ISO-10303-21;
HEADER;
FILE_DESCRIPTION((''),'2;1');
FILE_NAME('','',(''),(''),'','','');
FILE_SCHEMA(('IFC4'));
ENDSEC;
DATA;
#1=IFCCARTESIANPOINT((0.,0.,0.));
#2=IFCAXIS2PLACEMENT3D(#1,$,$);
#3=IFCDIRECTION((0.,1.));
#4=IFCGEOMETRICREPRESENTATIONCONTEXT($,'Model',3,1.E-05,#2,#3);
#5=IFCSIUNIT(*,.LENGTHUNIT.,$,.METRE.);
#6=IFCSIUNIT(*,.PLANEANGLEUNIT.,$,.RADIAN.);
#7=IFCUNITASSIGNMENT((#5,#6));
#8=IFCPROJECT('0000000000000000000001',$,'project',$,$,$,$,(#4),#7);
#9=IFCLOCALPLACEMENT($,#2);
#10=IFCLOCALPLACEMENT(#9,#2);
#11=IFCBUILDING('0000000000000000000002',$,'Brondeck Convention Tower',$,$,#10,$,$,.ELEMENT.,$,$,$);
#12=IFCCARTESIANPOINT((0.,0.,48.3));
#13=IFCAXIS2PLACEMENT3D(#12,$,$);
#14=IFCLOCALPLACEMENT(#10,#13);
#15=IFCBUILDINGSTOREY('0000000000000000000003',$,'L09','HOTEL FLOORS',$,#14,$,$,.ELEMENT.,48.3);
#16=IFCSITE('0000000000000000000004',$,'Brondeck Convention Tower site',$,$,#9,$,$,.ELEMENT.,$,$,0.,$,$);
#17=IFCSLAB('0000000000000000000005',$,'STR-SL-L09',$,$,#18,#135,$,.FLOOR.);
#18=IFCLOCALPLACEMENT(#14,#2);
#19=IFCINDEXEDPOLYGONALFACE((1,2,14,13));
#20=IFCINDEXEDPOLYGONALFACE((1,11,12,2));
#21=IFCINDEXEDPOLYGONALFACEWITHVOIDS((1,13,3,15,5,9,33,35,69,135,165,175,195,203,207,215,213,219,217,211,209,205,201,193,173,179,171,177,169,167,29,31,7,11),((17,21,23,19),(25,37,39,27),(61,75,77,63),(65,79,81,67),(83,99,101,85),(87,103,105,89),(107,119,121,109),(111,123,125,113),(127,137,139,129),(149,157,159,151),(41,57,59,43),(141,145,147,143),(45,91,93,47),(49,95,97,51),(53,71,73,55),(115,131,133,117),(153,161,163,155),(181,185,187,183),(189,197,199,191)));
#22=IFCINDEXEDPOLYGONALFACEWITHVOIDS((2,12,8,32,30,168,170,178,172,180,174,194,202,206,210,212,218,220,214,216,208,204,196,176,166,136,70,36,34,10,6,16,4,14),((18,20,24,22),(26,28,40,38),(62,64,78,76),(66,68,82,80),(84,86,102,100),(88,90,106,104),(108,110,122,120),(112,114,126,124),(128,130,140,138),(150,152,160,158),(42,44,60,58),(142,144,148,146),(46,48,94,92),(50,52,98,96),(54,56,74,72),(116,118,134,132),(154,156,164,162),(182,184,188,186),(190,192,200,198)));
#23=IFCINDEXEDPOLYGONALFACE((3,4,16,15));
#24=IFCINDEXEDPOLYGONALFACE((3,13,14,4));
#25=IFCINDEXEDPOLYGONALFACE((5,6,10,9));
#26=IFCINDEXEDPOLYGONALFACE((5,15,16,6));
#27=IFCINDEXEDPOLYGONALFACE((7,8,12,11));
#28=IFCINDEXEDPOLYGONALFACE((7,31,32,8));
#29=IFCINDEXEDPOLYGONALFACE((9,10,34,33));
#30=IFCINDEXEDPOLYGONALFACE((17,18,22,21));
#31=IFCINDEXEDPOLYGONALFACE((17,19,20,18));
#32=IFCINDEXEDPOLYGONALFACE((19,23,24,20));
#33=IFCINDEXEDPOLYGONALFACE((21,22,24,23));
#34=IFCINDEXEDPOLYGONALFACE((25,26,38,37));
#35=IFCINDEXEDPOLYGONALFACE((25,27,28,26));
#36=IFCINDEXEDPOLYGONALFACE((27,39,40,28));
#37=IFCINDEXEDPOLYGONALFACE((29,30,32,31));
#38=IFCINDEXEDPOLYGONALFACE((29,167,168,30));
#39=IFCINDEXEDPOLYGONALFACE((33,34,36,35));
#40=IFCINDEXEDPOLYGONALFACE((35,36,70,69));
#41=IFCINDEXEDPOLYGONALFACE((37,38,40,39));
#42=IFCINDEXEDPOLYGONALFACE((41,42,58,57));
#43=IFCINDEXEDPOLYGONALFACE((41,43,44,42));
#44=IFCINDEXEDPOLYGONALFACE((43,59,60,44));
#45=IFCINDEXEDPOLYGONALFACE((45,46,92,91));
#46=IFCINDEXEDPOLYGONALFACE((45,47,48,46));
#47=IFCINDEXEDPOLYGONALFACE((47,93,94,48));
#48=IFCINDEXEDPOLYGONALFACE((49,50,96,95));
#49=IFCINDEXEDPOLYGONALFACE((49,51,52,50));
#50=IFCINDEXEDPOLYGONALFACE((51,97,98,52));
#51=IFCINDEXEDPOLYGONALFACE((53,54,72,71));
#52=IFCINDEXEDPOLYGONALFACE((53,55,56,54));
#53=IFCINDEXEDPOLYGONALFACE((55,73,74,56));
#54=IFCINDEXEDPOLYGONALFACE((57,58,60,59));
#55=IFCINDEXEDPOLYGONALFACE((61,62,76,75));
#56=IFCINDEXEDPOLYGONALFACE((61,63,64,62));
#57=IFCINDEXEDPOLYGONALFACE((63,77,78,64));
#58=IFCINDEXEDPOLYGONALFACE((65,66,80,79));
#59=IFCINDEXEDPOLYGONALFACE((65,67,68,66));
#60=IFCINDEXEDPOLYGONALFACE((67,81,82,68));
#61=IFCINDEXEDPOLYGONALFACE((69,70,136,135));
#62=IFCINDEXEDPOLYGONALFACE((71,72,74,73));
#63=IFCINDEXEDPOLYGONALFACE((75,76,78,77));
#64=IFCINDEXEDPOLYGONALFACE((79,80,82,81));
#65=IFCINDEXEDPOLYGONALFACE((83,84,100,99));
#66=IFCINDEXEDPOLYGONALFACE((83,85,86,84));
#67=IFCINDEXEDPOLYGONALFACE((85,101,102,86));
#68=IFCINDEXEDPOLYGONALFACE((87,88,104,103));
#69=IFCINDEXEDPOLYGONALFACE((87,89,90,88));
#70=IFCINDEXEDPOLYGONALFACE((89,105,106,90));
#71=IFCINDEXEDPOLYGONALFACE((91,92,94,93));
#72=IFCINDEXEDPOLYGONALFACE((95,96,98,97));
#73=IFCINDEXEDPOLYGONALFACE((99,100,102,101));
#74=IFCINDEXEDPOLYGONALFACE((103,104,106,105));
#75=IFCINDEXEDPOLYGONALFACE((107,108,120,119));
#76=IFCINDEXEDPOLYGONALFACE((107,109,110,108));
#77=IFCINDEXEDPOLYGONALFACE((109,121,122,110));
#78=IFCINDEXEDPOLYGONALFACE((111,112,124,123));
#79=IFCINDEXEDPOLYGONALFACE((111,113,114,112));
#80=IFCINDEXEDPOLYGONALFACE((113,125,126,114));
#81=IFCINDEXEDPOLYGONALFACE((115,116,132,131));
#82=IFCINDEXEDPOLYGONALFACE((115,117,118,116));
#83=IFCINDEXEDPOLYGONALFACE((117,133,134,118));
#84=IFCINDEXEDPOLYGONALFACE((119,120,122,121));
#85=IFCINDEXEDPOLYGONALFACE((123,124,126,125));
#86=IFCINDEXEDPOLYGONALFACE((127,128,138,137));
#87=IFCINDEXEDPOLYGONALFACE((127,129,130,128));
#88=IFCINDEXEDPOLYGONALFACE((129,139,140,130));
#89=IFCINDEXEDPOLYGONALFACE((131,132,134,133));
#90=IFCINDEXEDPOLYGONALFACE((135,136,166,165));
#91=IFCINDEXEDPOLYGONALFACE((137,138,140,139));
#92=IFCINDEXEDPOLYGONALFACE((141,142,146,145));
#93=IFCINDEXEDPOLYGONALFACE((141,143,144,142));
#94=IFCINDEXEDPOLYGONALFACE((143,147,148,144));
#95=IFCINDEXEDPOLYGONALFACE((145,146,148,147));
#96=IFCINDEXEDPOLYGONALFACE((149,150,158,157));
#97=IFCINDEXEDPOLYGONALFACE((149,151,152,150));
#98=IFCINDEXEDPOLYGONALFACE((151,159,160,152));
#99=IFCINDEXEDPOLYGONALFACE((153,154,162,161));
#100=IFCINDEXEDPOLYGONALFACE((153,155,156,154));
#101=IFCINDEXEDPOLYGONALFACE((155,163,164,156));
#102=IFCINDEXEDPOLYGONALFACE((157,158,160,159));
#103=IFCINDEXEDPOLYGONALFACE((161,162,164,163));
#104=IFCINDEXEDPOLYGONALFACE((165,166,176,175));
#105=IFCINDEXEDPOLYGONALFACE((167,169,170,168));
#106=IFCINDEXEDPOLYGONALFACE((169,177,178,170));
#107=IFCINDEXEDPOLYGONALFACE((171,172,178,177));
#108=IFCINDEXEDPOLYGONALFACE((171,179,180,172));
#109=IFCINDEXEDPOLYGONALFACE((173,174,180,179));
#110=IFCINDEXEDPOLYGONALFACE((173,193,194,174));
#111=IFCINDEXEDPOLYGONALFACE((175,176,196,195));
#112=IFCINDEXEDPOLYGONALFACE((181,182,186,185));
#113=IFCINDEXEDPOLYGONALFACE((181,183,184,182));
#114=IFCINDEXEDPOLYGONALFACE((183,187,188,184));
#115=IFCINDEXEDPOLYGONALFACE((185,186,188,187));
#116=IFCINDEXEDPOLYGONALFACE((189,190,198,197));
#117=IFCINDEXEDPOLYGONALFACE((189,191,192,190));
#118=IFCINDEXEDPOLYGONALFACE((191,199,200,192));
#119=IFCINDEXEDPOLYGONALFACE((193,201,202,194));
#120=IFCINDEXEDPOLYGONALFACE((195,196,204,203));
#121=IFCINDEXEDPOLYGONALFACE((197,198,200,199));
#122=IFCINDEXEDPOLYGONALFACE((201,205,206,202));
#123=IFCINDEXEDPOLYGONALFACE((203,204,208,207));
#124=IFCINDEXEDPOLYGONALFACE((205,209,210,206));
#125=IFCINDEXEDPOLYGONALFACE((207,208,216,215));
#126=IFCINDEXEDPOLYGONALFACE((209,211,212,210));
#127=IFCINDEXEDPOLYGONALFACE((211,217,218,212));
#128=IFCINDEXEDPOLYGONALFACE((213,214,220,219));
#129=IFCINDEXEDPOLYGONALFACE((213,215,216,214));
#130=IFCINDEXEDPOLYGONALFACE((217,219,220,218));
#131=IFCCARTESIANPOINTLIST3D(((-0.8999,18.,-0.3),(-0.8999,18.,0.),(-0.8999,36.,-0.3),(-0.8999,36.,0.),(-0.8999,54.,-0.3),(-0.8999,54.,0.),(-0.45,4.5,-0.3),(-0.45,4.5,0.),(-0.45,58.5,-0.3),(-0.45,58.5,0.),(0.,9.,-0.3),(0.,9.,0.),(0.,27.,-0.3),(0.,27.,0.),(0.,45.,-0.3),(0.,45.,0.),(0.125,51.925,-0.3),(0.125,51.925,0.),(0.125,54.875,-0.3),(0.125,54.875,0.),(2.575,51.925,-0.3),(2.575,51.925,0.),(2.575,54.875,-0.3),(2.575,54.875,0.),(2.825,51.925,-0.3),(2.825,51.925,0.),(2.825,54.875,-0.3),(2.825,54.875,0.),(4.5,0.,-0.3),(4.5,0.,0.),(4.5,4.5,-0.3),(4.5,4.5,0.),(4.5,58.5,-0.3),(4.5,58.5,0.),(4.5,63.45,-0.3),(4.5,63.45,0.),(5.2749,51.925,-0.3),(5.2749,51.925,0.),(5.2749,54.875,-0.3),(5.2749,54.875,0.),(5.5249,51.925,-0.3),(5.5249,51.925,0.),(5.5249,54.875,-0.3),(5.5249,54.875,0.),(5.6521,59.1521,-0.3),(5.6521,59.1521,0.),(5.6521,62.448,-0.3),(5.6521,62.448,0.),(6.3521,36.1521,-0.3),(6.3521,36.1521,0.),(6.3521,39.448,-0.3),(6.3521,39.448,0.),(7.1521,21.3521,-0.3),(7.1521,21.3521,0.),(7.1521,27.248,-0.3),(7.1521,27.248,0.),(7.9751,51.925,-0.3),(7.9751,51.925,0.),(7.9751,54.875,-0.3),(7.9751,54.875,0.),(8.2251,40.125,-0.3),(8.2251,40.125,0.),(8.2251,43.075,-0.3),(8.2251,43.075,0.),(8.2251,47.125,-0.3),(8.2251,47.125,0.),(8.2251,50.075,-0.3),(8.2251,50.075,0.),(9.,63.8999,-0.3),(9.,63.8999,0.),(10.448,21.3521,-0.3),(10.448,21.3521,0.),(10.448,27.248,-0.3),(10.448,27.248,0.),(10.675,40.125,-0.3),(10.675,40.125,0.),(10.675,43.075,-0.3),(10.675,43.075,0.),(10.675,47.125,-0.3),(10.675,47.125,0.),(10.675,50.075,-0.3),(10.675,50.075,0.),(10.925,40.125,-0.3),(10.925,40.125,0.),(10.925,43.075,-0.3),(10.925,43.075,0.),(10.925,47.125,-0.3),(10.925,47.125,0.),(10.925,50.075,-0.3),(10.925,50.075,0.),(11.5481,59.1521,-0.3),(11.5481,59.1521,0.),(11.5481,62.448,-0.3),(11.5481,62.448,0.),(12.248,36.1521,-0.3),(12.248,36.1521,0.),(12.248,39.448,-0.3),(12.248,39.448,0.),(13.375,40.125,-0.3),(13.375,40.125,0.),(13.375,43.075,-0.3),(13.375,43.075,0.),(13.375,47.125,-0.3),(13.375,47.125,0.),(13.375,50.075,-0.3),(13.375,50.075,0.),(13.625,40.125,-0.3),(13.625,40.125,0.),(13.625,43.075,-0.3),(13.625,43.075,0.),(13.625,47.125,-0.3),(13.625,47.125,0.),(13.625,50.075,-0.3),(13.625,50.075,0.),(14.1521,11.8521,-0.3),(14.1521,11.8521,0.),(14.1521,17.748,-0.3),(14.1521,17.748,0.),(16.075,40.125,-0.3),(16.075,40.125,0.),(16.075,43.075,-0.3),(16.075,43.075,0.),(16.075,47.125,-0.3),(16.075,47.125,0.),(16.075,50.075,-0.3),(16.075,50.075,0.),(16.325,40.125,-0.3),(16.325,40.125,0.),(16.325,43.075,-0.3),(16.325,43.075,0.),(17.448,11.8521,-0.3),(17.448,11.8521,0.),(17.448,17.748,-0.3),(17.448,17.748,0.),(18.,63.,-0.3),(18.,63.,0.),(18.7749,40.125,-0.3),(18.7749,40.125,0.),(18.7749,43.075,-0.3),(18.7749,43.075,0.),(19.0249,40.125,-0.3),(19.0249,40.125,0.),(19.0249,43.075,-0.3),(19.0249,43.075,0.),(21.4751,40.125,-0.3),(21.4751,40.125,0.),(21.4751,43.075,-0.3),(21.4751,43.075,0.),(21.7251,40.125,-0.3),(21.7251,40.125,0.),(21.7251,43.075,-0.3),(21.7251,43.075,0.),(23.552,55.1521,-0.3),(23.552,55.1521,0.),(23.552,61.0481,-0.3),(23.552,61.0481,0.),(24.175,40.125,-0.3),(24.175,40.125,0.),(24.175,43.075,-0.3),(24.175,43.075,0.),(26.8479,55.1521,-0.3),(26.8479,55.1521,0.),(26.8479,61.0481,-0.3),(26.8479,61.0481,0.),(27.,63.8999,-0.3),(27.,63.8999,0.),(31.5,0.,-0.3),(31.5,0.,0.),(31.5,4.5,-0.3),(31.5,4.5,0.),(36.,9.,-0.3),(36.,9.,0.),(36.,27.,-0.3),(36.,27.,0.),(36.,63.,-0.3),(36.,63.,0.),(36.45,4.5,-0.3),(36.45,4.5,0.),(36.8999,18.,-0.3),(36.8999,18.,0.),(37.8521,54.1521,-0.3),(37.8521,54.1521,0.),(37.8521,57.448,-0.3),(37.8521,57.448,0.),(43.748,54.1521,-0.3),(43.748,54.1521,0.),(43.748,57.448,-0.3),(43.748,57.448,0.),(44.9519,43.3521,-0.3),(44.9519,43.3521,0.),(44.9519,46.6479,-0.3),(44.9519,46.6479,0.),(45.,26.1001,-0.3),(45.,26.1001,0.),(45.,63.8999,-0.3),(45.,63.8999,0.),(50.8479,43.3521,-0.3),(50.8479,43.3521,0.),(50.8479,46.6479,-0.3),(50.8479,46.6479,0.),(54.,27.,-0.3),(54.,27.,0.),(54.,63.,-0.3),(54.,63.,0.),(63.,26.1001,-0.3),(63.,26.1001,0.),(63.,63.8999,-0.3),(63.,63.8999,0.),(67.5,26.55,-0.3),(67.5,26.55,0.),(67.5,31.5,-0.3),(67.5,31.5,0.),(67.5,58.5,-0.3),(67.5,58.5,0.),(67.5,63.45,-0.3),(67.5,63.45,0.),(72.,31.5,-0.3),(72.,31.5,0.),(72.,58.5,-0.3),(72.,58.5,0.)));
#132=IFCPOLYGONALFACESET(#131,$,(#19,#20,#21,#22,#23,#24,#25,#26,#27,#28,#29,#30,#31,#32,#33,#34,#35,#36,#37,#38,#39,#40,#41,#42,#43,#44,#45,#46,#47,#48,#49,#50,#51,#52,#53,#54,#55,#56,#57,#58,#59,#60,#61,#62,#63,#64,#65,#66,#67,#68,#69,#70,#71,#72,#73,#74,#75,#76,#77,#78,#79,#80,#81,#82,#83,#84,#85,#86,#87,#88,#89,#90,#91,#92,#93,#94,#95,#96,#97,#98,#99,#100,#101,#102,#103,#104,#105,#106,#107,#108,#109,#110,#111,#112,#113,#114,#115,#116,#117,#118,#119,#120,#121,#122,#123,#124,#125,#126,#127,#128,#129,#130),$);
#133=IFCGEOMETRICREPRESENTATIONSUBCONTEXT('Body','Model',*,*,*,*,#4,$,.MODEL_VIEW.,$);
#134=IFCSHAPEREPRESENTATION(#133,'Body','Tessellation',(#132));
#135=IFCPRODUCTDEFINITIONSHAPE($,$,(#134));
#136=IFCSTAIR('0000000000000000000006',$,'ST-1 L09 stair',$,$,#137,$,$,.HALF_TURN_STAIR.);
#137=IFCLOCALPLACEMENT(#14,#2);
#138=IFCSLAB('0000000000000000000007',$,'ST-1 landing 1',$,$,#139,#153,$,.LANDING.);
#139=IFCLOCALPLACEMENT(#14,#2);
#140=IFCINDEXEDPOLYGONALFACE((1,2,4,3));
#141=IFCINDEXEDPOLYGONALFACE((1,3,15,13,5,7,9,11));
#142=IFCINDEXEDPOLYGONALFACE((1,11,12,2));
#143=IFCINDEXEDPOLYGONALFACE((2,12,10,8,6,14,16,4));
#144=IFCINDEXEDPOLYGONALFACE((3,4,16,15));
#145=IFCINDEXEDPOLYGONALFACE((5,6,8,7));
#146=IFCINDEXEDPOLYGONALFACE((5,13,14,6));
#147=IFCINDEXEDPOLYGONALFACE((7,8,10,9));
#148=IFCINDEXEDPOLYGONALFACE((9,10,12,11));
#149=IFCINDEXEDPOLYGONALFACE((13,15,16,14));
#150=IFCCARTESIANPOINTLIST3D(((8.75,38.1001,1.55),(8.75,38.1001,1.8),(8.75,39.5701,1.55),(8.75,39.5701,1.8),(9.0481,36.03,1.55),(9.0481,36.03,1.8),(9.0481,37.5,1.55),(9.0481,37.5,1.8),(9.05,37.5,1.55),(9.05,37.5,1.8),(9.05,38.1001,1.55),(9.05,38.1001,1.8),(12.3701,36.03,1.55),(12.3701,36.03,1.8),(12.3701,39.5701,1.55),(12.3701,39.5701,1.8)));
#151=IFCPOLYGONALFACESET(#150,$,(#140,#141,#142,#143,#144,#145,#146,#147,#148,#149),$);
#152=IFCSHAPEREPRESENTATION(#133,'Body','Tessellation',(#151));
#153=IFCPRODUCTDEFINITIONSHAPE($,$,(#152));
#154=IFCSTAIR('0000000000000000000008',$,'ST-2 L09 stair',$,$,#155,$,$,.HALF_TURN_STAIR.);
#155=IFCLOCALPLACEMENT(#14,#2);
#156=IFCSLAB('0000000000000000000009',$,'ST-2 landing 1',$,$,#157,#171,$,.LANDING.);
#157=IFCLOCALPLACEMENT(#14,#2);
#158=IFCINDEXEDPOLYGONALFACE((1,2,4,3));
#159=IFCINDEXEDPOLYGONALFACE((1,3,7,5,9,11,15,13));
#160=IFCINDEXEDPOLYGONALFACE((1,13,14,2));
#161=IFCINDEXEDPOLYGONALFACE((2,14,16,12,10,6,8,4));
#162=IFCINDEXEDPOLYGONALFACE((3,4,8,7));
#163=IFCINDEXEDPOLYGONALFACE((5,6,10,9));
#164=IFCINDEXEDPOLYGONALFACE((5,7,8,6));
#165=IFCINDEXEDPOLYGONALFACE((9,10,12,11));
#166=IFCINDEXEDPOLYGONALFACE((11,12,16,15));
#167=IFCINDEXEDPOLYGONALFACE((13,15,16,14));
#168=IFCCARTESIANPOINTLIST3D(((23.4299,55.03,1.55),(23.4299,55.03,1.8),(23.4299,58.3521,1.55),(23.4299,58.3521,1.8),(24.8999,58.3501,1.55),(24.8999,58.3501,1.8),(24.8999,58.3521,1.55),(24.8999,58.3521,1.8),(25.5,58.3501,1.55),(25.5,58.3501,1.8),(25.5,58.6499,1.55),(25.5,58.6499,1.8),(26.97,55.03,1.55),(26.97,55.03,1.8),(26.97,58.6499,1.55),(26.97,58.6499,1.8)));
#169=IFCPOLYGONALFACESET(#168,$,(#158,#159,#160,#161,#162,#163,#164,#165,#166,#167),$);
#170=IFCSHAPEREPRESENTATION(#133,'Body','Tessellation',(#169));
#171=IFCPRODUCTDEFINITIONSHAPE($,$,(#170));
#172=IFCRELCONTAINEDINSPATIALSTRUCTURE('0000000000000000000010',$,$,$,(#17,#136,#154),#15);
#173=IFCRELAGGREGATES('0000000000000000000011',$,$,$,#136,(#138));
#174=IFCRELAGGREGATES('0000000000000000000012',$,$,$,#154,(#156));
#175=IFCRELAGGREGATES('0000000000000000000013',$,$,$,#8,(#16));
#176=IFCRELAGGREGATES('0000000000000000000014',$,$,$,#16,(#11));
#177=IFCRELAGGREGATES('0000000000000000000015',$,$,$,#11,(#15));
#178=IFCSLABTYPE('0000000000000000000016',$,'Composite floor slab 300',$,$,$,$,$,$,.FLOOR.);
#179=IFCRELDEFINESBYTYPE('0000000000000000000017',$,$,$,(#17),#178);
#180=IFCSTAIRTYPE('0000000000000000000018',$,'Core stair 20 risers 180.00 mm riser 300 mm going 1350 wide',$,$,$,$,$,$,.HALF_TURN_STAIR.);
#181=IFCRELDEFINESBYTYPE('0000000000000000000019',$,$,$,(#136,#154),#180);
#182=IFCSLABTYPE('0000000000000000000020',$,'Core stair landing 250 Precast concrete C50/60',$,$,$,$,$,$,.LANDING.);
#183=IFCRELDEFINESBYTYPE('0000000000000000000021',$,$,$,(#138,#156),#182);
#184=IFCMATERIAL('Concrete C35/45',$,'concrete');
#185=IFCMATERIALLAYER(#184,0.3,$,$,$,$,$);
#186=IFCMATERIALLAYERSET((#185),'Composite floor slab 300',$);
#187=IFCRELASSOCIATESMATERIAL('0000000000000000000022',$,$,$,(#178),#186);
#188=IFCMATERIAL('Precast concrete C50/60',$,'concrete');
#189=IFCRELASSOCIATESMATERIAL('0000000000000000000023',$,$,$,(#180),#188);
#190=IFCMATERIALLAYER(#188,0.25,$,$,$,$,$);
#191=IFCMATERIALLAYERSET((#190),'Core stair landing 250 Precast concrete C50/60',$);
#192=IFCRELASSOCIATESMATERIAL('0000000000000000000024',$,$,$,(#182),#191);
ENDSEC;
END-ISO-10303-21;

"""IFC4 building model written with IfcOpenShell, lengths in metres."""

from ifc_helpers import new_model, si_unit, direction, frame, origin, place, context, subcontext, project, spatial, polyline, outline, extrude, material, layer, layer_set, type_object, element, aggregate, save


model = new_model("IFC4")

# Units and contexts
model_context = context("Model", 3, precision=1e-05, world=origin(), true_north=direction((0.0, 1.0)))
body_context = subcontext(model_context, "Body", "Model", "MODEL_VIEW")
ifc_project = project(units=[si_unit("LENGTHUNIT", "METRE"), si_unit("PLANEANGLEUNIT", "RADIAN")], contexts=[model_context])

# Site, building, storey
site_placement = place(None, origin())
site = spatial("IfcSite", under=ifc_project, at=site_placement, Name="Brondeck Convention Tower site", CompositionType="ELEMENT", RefElevation=0.0)
building_placement = place(site_placement, origin())
building = spatial("IfcBuilding", under=site, at=building_placement, Name="Brondeck Convention Tower", CompositionType="ELEMENT")
storey_placement = place(building_placement, frame((0.0, 0.0, 48.3)))
storey = spatial("IfcBuildingStorey", under=building, at=storey_placement, Name="L09", Description="HOTEL FLOORS", CompositionType="ELEMENT", Elevation=48.3)

# Slab
ifc_material_1 = material(Name="Concrete C35/45", Category="concrete")
ifc_layer_1 = layer(ifc_material_1, 0.3)
ifc_layer_set_1 = layer_set([ifc_layer_1], Name="Composite floor slab 300")
slab_type_1 = type_object("IfcSlabType", Name="Composite floor slab 300", PredefinedType="FLOOR", material=ifc_layer_set_1)
slab_1_placement = place(storey_placement, frame((0.0, 0.0, -0.3)))
element("IfcSlab", 1, at=slab_1_placement, inside=storey, type_object=slab_type_1, Name="STR-SL-L09", PredefinedType="FLOOR", context=body_context, shape_type="SweptSolid", body=[
    extrude(outline(polyline([(4.5, 4.5), (-0.45, 4.5), (0.0, 9.0), (-0.8999, 18.0), (0.0, 27.0), (-0.8999, 36.0), (0.0, 45.0), (-0.8999, 54.0), (-0.45, 58.5), (4.5, 58.5), (4.5, 63.45), (9.0, 63.8999), (18.0, 63.0), (27.0, 63.8999), (36.0, 63.0), (45.0, 63.8999), (54.0, 63.0), (63.0, 63.8999), (67.5, 63.45), (67.5, 58.5), (72.0, 58.5), (72.0, 31.5), (67.5, 31.5), (67.5, 26.55), (63.0, 26.1001), (54.0, 27.0), (45.0, 26.1001), (36.0, 27.0), (36.8999, 18.0), (36.0, 9.0), (36.45, 4.5), (31.5, 4.5), (31.5, 0.0), (4.5, 0.0), (4.5, 4.5)]), holes=[polyline([(10.448, 27.248), (7.1521, 27.248), (7.1521, 21.3521), (10.448, 21.3521), (10.448, 27.248)]), polyline([(12.248, 36.1521), (12.248, 39.448), (6.3521, 39.448), (6.3521, 36.1521), (12.248, 36.1521)]), polyline([(10.675, 40.125), (10.675, 43.075), (8.2251, 43.075), (8.2251, 40.125), (10.675, 40.125)]), polyline([(13.375, 40.125), (13.375, 43.075), (10.925, 43.075), (10.925, 40.125), (13.375, 40.125)]), polyline([(10.675, 47.125), (10.675, 50.075), (8.2251, 50.075), (8.2251, 47.125), (10.675, 47.125)]), polyline([(13.375, 47.125), (13.375, 50.075), (10.925, 50.075), (10.925, 47.125), (13.375, 47.125)]), polyline([(2.575, 51.925), (2.575, 54.875), (0.125, 54.875), (0.125, 51.925), (2.575, 51.925)]), polyline([(2.825, 51.925), (5.2749, 51.925), (5.2749, 54.875), (2.825, 54.875), (2.825, 51.925)]), polyline([(5.5249, 51.925), (7.9751, 51.925), (7.9751, 54.875), (5.5249, 54.875), (5.5249, 51.925)]), polyline([(5.6521, 62.448), (5.6521, 59.1521), (11.5481, 59.1521), (11.5481, 62.448), (5.6521, 62.448)]), polyline([(17.448, 17.748), (14.1521, 17.748), (14.1521, 11.8521), (17.448, 11.8521), (17.448, 17.748)]), polyline([(16.075, 40.125), (16.075, 43.075), (13.625, 43.075), (13.625, 40.125), (16.075, 40.125)]), polyline([(16.325, 40.125), (18.7749, 40.125), (18.7749, 43.075), (16.325, 43.075), (16.325, 40.125)]), polyline([(19.0249, 40.125), (21.4751, 40.125), (21.4751, 43.075), (19.0249, 43.075), (19.0249, 40.125)]), polyline([(24.175, 40.125), (24.175, 43.075), (21.7251, 43.075), (21.7251, 40.125), (24.175, 40.125)]), polyline([(50.8479, 43.3521), (50.8479, 46.6479), (44.9519, 46.6479), (44.9519, 43.3521), (50.8479, 43.3521)]), polyline([(16.075, 47.125), (16.075, 50.075), (13.625, 50.075), (13.625, 47.125), (16.075, 47.125)]), polyline([(37.8521, 54.1521), (43.748, 54.1521), (43.748, 57.448), (37.8521, 57.448), (37.8521, 54.1521)]), polyline([(23.552, 61.0481), (23.552, 55.1521), (26.8479, 55.1521), (26.8479, 61.0481), (23.552, 61.0481)])]), origin(), (0.0, 0.0, 1.0), 0.3),
])

# Stairs, slabs
ifc_material_2 = material(Name="Precast concrete C50/60", Category="concrete")
stair_type = type_object("IfcStairType", Name="Core stair 20 risers 180.00 mm riser 300 mm going 1350 wide", PredefinedType="HALF_TURN_STAIR", material=ifc_material_2)
stair_1_placement = place(storey_placement, origin())
stair_1 = element("IfcStair", 2, at=stair_1_placement, inside=storey, type_object=stair_type, Name="ST-1 L09 stair", PredefinedType="HALF_TURN_STAIR")
ifc_layer_2 = layer(ifc_material_2, 0.25)
ifc_layer_set_2 = layer_set([ifc_layer_2], Name="Core stair landing 250 Precast concrete C50/60")
slab_type_2 = type_object("IfcSlabType", Name="Core stair landing 250 Precast concrete C50/60", PredefinedType="LANDING", material=ifc_layer_set_2)
slab_2_placement = place(storey_placement, frame((0.0, 0.0, 1.55)))
slab_2 = element("IfcSlab", 3, at=slab_2_placement, type_object=slab_type_2, Name="ST-1 landing 1", PredefinedType="LANDING", context=body_context, shape_type="SweptSolid", body=[
    extrude(outline(polyline([(9.0481, 37.5), (9.05, 37.5), (9.05, 38.1001), (8.75, 38.1001), (8.75, 39.5701), (12.3701, 39.5701), (12.3701, 36.03), (9.0481, 36.03), (9.0481, 37.5)])), origin(), (0.0, 0.0, 1.0), 0.25),
])
aggregate(stair_1, [slab_2])
stair_2_placement = place(storey_placement, origin())
stair_2 = element("IfcStair", 4, at=stair_2_placement, inside=storey, type_object=stair_type, Name="ST-2 L09 stair", PredefinedType="HALF_TURN_STAIR")
slab_3_placement = place(storey_placement, frame((0.0, 0.0, 1.55)))
slab_3 = element("IfcSlab", 5, at=slab_3_placement, type_object=slab_type_2, Name="ST-2 landing 1", PredefinedType="LANDING", context=body_context, shape_type="SweptSolid", body=[
    extrude(outline(polyline([(23.4299, 58.3521), (24.8999, 58.3521), (24.8999, 58.3501), (25.5, 58.3501), (25.5, 58.6499), (26.97, 58.6499), (26.97, 55.03), (23.4299, 55.03), (23.4299, 58.3521)])), origin(), (0.0, 0.0, 1.0), 0.25),
])
aggregate(stair_2, [slab_3])

save(model, "model.ifc")
